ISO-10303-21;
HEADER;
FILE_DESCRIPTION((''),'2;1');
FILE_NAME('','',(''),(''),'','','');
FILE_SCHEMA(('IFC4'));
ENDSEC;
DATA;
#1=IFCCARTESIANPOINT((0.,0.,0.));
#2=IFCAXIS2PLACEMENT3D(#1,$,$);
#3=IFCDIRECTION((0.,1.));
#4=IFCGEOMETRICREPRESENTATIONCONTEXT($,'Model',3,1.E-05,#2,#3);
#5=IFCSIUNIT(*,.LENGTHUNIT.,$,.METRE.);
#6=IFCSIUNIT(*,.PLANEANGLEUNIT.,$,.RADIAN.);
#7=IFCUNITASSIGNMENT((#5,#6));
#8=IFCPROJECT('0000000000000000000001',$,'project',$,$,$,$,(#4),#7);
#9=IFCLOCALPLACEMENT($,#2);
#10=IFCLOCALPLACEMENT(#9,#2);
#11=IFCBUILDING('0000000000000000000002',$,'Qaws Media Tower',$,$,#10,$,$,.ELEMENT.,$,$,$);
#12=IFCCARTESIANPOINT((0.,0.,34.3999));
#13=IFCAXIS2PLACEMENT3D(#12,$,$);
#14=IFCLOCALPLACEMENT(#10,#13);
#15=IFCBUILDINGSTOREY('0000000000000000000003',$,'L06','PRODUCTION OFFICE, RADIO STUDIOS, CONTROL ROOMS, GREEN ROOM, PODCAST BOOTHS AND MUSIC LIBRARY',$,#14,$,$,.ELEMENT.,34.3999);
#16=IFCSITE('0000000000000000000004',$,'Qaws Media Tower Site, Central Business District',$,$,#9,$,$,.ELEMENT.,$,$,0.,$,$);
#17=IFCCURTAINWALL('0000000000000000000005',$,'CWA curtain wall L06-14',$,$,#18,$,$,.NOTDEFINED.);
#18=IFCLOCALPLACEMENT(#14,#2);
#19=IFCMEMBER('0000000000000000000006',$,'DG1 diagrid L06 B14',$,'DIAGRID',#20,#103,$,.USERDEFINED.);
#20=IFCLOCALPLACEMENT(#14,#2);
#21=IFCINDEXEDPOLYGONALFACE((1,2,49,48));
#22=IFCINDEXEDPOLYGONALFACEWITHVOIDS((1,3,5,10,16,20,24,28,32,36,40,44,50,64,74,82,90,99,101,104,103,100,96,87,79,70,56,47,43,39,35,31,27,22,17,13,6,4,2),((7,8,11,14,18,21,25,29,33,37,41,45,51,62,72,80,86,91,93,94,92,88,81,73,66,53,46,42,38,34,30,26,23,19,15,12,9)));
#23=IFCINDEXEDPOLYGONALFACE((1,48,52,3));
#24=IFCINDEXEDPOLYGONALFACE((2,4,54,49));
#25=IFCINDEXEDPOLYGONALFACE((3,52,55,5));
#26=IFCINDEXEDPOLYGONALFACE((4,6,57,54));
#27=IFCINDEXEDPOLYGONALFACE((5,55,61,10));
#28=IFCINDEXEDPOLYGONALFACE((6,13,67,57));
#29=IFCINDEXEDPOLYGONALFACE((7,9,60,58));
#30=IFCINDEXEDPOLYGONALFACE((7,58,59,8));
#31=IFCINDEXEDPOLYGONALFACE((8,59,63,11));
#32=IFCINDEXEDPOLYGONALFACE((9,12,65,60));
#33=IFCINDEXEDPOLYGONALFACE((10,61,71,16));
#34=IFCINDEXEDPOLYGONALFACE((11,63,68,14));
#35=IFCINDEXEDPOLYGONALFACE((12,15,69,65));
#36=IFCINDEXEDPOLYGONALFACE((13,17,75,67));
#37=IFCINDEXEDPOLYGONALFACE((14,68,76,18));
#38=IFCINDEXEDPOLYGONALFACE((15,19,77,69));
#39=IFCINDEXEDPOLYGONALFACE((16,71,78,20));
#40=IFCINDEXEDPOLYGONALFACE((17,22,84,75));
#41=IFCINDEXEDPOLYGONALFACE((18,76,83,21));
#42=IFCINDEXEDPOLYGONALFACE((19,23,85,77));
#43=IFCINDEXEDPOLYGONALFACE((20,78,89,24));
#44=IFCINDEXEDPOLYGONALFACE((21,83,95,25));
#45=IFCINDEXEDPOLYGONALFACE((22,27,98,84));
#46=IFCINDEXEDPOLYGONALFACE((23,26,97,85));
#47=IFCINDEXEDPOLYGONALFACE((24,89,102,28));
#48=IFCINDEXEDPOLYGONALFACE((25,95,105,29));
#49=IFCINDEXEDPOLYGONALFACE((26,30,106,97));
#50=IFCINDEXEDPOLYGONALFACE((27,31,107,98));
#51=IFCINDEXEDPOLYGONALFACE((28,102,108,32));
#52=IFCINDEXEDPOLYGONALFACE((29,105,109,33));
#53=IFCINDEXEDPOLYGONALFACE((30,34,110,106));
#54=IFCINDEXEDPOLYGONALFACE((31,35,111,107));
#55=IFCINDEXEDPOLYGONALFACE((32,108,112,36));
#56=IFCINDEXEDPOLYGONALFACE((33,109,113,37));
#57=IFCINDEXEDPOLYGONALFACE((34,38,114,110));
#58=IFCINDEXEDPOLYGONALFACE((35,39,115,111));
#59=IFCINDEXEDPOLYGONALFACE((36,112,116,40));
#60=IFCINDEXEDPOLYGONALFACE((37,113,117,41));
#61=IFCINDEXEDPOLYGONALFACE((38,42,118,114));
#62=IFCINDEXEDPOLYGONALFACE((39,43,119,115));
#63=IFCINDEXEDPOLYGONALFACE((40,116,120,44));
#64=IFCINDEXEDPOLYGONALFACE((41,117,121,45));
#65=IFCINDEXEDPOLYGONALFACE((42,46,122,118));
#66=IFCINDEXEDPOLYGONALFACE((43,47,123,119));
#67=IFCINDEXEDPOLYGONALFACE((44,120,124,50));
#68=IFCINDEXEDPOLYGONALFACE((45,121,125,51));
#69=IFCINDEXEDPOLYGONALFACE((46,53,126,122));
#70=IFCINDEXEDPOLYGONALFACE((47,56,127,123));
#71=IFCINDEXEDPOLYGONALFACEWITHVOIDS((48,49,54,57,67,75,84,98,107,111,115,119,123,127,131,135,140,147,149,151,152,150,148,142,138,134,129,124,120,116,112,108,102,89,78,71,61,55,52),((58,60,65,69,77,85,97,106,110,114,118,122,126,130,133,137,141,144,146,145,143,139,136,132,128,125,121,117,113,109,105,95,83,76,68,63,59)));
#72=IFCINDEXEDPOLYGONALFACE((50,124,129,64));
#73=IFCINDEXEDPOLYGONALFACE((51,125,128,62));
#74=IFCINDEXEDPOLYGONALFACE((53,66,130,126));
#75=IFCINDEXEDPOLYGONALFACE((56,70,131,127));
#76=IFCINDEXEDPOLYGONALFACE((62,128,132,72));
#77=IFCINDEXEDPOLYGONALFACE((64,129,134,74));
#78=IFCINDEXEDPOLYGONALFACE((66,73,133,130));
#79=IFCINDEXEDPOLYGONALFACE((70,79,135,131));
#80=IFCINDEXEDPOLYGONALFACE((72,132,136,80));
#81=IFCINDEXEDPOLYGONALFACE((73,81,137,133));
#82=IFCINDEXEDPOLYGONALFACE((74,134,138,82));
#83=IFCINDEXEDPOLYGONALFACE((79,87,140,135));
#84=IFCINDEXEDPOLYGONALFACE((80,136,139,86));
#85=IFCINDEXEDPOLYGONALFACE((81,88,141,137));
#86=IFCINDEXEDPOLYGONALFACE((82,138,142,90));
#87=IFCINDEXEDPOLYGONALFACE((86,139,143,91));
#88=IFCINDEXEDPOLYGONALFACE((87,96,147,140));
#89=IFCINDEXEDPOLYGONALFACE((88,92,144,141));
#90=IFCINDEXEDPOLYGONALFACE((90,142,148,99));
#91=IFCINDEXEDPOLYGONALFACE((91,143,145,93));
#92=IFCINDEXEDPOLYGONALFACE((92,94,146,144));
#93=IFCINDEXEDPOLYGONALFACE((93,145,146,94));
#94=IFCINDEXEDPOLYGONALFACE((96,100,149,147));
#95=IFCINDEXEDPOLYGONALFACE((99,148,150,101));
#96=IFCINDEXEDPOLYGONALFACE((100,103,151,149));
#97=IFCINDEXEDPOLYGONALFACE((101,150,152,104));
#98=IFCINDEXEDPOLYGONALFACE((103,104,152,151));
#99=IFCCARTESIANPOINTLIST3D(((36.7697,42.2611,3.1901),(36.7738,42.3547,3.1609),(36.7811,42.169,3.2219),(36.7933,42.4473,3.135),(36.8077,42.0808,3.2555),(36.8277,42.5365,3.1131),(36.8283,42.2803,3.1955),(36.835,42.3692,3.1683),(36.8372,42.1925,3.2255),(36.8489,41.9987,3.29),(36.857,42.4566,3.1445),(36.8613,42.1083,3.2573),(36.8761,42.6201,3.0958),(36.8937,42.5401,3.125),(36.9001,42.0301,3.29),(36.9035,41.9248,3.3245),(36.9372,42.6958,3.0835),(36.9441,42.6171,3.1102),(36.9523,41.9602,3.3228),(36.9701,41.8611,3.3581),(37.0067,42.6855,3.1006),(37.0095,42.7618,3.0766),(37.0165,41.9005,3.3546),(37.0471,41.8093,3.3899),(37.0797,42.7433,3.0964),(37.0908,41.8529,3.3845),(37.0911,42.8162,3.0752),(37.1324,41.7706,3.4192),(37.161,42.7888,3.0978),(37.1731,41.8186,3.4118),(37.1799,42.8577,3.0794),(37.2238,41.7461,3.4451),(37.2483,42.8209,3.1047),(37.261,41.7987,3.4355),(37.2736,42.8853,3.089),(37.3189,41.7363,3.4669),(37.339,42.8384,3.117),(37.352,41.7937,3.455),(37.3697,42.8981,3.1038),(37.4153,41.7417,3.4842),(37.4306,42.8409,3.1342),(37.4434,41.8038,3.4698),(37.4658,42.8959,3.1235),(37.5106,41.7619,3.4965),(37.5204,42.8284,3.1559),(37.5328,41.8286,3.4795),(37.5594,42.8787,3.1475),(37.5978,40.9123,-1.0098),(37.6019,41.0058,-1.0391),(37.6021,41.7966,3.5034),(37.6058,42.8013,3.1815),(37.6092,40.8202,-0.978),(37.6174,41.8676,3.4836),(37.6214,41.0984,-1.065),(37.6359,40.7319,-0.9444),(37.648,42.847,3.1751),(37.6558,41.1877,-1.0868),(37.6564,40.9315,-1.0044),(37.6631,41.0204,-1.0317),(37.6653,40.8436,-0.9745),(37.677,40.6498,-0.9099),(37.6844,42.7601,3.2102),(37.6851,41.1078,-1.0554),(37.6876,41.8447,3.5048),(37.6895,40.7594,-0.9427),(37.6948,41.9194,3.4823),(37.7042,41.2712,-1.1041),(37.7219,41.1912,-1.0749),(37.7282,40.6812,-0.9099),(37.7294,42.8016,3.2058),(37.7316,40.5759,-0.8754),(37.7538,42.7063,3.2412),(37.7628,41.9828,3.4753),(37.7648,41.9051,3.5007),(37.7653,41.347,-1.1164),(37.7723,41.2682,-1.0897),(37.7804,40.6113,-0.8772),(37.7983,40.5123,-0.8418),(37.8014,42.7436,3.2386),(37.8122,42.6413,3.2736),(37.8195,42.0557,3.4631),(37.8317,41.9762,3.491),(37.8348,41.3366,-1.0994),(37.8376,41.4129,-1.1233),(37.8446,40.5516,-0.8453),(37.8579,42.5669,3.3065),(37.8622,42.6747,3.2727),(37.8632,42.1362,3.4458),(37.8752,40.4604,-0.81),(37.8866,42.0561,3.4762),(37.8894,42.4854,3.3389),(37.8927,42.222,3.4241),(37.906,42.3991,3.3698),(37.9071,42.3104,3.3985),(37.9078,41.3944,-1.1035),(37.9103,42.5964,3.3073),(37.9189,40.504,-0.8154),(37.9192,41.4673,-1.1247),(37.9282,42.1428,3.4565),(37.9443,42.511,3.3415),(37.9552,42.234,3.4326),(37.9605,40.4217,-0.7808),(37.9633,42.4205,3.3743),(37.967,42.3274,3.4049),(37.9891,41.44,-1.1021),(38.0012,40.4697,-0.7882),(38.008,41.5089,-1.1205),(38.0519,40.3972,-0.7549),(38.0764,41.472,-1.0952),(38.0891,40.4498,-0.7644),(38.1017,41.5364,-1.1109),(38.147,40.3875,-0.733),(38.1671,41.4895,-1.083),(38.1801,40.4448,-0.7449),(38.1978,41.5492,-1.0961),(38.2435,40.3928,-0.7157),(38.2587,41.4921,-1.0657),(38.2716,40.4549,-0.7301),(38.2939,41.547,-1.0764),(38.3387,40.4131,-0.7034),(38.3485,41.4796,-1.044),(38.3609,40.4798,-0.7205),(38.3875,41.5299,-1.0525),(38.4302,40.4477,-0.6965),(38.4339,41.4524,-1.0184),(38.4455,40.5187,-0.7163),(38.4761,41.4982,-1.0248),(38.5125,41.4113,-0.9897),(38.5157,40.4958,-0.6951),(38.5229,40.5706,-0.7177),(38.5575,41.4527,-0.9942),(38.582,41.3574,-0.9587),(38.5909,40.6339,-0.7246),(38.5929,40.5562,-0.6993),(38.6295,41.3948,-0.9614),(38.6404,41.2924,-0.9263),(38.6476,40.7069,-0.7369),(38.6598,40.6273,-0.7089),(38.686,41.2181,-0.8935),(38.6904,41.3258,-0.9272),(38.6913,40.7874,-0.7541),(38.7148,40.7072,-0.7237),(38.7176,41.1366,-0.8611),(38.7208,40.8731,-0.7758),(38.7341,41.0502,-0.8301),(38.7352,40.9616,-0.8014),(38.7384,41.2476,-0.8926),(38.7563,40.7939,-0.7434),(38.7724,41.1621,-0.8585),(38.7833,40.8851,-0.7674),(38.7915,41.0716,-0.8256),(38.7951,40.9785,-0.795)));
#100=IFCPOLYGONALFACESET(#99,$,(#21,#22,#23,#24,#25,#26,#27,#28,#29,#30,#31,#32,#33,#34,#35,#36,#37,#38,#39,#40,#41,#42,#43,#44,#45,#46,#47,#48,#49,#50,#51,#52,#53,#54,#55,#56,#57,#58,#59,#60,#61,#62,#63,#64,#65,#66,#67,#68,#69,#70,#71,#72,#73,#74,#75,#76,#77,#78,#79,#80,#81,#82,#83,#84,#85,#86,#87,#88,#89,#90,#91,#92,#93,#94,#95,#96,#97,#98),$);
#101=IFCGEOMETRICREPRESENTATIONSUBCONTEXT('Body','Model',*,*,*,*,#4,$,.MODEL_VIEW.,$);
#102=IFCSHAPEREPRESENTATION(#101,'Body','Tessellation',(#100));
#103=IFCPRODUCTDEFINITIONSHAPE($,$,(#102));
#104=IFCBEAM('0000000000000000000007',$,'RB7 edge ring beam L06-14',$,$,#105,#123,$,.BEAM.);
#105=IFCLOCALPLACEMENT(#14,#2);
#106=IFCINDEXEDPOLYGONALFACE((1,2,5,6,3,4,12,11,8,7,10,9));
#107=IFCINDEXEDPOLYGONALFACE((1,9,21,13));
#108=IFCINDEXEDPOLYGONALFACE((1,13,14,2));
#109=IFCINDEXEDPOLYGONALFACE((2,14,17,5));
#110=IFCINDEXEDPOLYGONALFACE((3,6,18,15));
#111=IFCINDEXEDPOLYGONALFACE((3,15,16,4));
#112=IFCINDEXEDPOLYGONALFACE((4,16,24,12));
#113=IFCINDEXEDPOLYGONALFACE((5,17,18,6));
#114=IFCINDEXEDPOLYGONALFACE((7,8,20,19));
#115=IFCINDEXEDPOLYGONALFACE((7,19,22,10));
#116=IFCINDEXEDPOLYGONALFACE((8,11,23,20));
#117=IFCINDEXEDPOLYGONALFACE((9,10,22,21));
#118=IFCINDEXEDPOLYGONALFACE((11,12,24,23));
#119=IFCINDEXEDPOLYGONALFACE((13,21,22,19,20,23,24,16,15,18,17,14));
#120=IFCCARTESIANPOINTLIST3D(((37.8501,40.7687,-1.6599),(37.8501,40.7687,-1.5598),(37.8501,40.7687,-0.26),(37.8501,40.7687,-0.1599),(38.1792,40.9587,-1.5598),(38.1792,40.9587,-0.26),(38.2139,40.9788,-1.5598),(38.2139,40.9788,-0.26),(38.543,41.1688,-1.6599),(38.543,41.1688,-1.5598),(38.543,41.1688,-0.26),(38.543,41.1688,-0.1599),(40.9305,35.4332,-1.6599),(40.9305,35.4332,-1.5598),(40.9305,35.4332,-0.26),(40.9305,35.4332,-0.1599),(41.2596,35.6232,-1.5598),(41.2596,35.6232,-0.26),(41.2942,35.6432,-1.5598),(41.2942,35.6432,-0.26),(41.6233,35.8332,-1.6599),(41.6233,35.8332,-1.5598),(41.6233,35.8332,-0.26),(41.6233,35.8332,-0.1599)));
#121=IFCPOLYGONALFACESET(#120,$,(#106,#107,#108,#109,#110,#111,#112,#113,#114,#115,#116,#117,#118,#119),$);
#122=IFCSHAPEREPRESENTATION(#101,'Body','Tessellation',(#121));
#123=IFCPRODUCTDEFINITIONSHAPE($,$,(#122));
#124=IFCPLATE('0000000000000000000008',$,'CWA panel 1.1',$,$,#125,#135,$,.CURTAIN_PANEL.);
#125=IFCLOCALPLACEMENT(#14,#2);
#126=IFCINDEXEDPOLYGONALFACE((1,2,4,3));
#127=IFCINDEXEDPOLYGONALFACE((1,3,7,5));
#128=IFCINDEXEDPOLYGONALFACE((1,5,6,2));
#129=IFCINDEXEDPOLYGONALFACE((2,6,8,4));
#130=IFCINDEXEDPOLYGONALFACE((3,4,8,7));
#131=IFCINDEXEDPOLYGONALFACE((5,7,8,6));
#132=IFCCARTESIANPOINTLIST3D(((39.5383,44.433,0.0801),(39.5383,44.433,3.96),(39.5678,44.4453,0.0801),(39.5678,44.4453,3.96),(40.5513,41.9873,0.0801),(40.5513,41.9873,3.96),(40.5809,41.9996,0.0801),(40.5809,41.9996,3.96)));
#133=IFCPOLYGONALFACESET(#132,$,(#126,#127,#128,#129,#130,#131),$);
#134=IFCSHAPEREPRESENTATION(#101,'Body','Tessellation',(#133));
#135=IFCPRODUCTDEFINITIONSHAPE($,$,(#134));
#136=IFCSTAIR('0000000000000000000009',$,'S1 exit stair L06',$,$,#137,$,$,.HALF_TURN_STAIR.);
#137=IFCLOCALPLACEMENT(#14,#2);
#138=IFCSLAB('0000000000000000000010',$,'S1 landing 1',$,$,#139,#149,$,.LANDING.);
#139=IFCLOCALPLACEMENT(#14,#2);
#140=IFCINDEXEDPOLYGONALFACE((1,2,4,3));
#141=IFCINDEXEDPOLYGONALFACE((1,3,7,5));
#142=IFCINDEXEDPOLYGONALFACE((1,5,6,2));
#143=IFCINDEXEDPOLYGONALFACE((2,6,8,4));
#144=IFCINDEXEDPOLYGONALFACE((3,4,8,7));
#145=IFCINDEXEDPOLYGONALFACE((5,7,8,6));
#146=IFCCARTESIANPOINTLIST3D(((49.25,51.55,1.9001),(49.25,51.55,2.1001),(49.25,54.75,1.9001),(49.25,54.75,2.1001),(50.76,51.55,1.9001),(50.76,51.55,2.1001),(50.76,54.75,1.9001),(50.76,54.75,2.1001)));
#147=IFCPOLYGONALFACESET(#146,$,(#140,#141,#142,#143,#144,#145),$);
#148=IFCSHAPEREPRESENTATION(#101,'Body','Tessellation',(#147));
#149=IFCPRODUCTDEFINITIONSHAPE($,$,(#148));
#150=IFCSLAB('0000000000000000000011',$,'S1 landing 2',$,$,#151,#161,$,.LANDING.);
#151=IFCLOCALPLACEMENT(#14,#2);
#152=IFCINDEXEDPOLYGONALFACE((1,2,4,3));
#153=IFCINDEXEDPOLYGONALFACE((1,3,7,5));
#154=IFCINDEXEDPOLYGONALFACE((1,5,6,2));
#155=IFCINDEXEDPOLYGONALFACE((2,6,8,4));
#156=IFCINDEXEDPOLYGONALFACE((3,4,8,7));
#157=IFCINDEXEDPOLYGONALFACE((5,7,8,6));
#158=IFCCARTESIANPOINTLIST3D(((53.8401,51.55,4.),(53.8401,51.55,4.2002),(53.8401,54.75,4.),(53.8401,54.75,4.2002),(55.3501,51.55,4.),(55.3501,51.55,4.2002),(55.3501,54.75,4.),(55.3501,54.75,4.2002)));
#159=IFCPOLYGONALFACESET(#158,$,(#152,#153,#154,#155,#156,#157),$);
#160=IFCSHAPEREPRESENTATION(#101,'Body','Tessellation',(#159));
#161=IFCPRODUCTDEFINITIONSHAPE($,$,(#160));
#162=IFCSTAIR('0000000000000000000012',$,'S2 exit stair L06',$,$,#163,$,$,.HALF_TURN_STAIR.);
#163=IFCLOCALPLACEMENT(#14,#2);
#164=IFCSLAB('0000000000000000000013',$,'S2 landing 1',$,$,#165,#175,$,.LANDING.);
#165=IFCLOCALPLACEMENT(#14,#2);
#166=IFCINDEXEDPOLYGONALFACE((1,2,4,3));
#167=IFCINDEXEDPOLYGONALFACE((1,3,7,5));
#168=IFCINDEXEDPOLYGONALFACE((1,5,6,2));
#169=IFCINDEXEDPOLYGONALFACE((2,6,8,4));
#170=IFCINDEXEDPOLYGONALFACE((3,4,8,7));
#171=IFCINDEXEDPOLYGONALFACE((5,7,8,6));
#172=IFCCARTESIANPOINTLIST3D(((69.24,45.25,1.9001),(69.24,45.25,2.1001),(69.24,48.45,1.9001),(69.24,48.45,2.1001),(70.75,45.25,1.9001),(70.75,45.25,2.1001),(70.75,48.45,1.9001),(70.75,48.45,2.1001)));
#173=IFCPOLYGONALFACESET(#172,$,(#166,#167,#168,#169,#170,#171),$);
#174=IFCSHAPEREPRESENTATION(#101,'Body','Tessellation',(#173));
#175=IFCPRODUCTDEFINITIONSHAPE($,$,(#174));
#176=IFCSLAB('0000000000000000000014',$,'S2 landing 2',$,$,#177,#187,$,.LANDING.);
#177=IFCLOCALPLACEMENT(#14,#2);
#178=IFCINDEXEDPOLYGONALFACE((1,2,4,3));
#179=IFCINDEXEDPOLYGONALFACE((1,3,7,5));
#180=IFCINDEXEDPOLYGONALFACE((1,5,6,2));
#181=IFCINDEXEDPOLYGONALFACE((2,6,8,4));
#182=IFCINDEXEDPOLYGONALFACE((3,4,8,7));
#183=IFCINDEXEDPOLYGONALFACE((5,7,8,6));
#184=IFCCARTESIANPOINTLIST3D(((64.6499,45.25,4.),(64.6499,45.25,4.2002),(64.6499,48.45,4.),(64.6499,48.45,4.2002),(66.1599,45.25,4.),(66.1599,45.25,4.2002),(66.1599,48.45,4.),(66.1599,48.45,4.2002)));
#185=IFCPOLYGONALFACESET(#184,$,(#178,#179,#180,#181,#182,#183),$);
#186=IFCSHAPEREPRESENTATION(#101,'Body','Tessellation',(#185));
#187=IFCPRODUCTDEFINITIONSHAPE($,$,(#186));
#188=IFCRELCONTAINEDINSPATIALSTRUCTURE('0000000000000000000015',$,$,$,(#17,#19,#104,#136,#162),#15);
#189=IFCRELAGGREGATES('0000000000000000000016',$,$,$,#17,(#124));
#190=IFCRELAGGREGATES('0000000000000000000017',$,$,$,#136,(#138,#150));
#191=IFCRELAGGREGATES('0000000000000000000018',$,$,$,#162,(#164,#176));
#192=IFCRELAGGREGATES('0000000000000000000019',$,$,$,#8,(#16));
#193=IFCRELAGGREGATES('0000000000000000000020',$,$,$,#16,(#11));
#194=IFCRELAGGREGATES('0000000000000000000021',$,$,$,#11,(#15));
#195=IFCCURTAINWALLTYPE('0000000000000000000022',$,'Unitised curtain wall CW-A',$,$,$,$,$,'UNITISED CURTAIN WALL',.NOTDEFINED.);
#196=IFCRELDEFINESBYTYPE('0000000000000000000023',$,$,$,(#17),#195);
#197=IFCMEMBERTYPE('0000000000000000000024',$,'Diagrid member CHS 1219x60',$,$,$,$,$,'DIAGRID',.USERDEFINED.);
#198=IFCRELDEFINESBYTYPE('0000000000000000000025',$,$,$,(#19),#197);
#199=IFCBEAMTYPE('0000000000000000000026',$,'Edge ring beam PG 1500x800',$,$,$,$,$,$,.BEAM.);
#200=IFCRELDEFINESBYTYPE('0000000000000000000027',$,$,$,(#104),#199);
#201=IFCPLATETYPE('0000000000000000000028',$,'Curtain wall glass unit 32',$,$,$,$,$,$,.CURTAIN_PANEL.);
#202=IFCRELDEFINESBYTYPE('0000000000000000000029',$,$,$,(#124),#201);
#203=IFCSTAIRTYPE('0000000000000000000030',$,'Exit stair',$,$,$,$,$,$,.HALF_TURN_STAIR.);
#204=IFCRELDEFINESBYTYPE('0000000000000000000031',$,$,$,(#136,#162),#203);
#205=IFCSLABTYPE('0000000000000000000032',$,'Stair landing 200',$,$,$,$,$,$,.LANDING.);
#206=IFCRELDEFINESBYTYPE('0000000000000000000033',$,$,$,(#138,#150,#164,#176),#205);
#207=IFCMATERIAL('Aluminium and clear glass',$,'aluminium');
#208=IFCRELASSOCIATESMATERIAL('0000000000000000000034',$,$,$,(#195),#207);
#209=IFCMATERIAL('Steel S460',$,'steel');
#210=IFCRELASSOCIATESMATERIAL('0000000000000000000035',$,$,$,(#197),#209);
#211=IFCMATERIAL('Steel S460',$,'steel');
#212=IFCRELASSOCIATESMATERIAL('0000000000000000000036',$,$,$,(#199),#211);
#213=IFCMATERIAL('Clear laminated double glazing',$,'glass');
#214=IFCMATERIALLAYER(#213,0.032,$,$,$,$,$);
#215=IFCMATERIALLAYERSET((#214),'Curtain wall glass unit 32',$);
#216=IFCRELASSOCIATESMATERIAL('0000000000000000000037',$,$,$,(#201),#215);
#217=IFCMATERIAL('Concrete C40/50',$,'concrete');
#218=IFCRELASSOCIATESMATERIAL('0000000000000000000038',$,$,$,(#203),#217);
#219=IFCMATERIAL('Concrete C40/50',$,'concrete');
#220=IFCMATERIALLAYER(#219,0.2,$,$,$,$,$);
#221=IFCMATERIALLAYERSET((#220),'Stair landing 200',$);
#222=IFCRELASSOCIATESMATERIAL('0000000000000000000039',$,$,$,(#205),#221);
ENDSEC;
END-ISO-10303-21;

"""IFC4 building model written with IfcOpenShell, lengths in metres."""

from ifc_helpers import new_model, si_unit, direction, frame, origin, origin_2d, place, context, subcontext, project, spatial, polyline, rectangle, hollow_circle, i_section, outline, extrude, material, layer, layer_set, material_profile, profile_set, type_object, element, aggregate, save


model = new_model("IFC4")

# Units and contexts
model_context = context("Model", 3, precision=1e-05, world=origin(), true_north=direction((0.0, 1.0)))
body_context = subcontext(model_context, "Body", "Model", "MODEL_VIEW")
ifc_project = project(units=[si_unit("LENGTHUNIT", "METRE"), si_unit("PLANEANGLEUNIT", "RADIAN")], contexts=[model_context])

# Site, building, storey
site_placement = place(None, origin())
site = spatial("IfcSite", under=ifc_project, at=site_placement, Name="Qaws Media Tower Site, Central Business District", CompositionType="ELEMENT", RefElevation=0.0)
building_placement = place(site_placement, origin())
building = spatial("IfcBuilding", under=site, at=building_placement, Name="Qaws Media Tower", CompositionType="ELEMENT")
storey_placement = place(building_placement, frame((0.0, 0.0, 34.3999)))
storey = spatial("IfcBuildingStorey", under=building, at=storey_placement, Name="L06", Description="PRODUCTION OFFICE, RADIO STUDIOS, CONTROL ROOMS, GREEN ROOM, PODCAST BOOTHS AND MUSIC LIBRARY", CompositionType="ELEMENT", Elevation=34.3999)

# Curtain wall
ifc_material_1 = material(Name="Aluminium and clear glass", Category="aluminium")
curtain_wall_type = type_object("IfcCurtainWallType", Name="Unitised curtain wall CW-A", ElementType="UNITISED CURTAIN WALL", PredefinedType="NOTDEFINED", material=ifc_material_1)
curtain_wall_placement = place(storey_placement, origin())
curtain_wall = element("IfcCurtainWall", 1, at=curtain_wall_placement, inside=storey, type_object=curtain_wall_type, Name="CWA curtain wall L06-14", PredefinedType="NOTDEFINED")

# Member
ifc_material_2 = material(Name="Steel S460", Category="steel")
ifc_material_profile_1 = material_profile(ifc_material_2, hollow_circle(Radius=0.6096, WallThickness=0.0601, at=origin_2d()), Name="CHS 1219x60")
ifc_profile_set_1 = profile_set([ifc_material_profile_1], Name="Steel S460")
member_type_1 = type_object("IfcMemberType", Name="Diagrid member CHS 1219x60", ElementType="DIAGRID", PredefinedType="USERDEFINED", material=ifc_profile_set_1)
for number, where, z_axis, x_axis, name in (
    (2, (38.1965, 40.9688, -0.9099), (-0.184507, 0.300532, 0.935755), (-0.852209, -0.523202, 0.0), "DG1 diagrid L06 B14"),
):
    element("IfcMember", number, at=place(storey_placement, frame(where, z_axis=z_axis, x_axis=x_axis)), inside=storey, type_object=member_type_1, Name=name, ObjectType="DIAGRID", PredefinedType="USERDEFINED", context=body_context, shape_type="SweptSolid", body=[
        extrude(hollow_circle(Radius=0.6096, WallThickness=0.0601, at=origin_2d()), origin(), (0.0, 0.0, 1.0), 4.4883),
    ])

# Beam
ifc_material_3 = material(Name="Steel S460", Category="steel")
ifc_material_profile_2 = material_profile(ifc_material_3, i_section(OverallWidth=0.8, OverallDepth=1.5, WebThickness=0.04, FlangeThickness=0.1001, at=origin_2d()), Name="PG 1500x800")
ifc_profile_set_2 = profile_set([ifc_material_profile_2], Name="Steel S460")
beam_type = type_object("IfcBeamType", Name="Edge ring beam PG 1500x800", PredefinedType="BEAM", material=ifc_profile_set_2)
beam_placement = place(storey_placement, frame((38.1965, 40.9688, -0.9099), z_axis=(0.499988, -0.866032, 0.0), x_axis=(0.866032, 0.499988, 0.0)))
element("IfcBeam", 3, at=beam_placement, inside=storey, type_object=beam_type, Name="RB7 edge ring beam L06-14", PredefinedType="BEAM", context=body_context, shape_type="SweptSolid", body=[
    extrude(i_section(OverallWidth=0.8, OverallDepth=1.5, WebThickness=0.04, FlangeThickness=0.1001, at=origin_2d()), origin(), (0.0, 0.0, 1.0), 6.1609),
])

# Plate
ifc_material_4 = material(Name="Clear laminated double glazing", Category="glass")
ifc_layer_1 = layer(ifc_material_4, 0.032)
ifc_layer_set_1 = layer_set([ifc_layer_1], Name="Curtain wall glass unit 32")
plate_type = type_object("IfcPlateType", Name="Curtain wall glass unit 32", PredefinedType="CURTAIN_PANEL", material=ifc_layer_set_1)
plate_placement = place(storey_placement, frame((40.0596, 43.2163, 0.0801), z_axis=(0.0, 0.0, 1.0), x_axis=(0.382683, -0.92388, 0.0)))
plate = element("IfcPlate", 4, at=plate_placement, type_object=plate_type, Name="CWA panel 1.1", PredefinedType="CURTAIN_PANEL", context=body_context, shape_type="SweptSolid", body=[
    extrude(rectangle(XDim=2.6472, YDim=0.032, at=origin_2d()), origin(), (0.0, 0.0, 1.0), 3.8799),
])
aggregate(curtain_wall, [plate])

# Stairs, slabs
ifc_material_5 = material(Name="Concrete C40/50", Category="concrete")
stair_type = type_object("IfcStairType", Name="Exit stair", PredefinedType="HALF_TURN_STAIR", material=ifc_material_5)
stair_1_placement = place(storey_placement, origin())
stair_1 = element("IfcStair", 5, at=stair_1_placement, inside=storey, type_object=stair_type, Name="S1 exit stair L06", PredefinedType="HALF_TURN_STAIR")
ifc_material_6 = material(Name="Concrete C40/50", Category="concrete")
ifc_layer_2 = layer(ifc_material_6, 0.2)
ifc_layer_set_2 = layer_set([ifc_layer_2], Name="Stair landing 200")
slab_type = type_object("IfcSlabType", Name="Stair landing 200", PredefinedType="LANDING", material=ifc_layer_set_2)
slab_1_placement = place(storey_placement, frame((0.0, 0.0, 1.9001)))
slab_1 = element("IfcSlab", 6, at=slab_1_placement, type_object=slab_type, Name="S1 landing 1", PredefinedType="LANDING", context=body_context, shape_type="SweptSolid", body=[
    extrude(outline(polyline([(49.25, 51.55), (50.76, 51.55), (50.76, 54.75), (49.25, 54.75), (49.25, 51.55)])), origin(), (0.0, 0.0, 1.0), 0.2),
])
slab_2_placement = place(storey_placement, frame((0.0, 0.0, 4.0)))
slab_2 = element("IfcSlab", 7, at=slab_2_placement, type_object=slab_type, Name="S1 landing 2", PredefinedType="LANDING", context=body_context, shape_type="SweptSolid", body=[
    extrude(outline(polyline([(53.8401, 51.55), (55.3501, 51.55), (55.3501, 54.75), (53.8401, 54.75), (53.8401, 51.55)])), origin(), (0.0, 0.0, 1.0), 0.2002),
])
aggregate(stair_1, [slab_1, slab_2])
stair_2_placement = place(storey_placement, origin())
stair_2 = element("IfcStair", 8, at=stair_2_placement, inside=storey, type_object=stair_type, Name="S2 exit stair L06", PredefinedType="HALF_TURN_STAIR")
slab_3_placement = place(storey_placement, frame((0.0, 0.0, 1.9001)))
slab_3 = element("IfcSlab", 9, at=slab_3_placement, type_object=slab_type, Name="S2 landing 1", PredefinedType="LANDING", context=body_context, shape_type="SweptSolid", body=[
    extrude(outline(polyline([(69.24, 45.25), (70.75, 45.25), (70.75, 48.45), (69.24, 48.45), (69.24, 45.25)])), origin(), (0.0, 0.0, 1.0), 0.2),
])
slab_4_placement = place(storey_placement, frame((0.0, 0.0, 4.0)))
slab_4 = element("IfcSlab", 10, at=slab_4_placement, type_object=slab_type, Name="S2 landing 2", PredefinedType="LANDING", context=body_context, shape_type="SweptSolid", body=[
    extrude(outline(polyline([(64.6499, 45.25), (66.1599, 45.25), (66.1599, 48.45), (64.6499, 48.45), (64.6499, 45.25)])), origin(), (0.0, 0.0, 1.0), 0.2002),
])
aggregate(stair_2, [slab_3, slab_4])

save(model, "model.ifc")
